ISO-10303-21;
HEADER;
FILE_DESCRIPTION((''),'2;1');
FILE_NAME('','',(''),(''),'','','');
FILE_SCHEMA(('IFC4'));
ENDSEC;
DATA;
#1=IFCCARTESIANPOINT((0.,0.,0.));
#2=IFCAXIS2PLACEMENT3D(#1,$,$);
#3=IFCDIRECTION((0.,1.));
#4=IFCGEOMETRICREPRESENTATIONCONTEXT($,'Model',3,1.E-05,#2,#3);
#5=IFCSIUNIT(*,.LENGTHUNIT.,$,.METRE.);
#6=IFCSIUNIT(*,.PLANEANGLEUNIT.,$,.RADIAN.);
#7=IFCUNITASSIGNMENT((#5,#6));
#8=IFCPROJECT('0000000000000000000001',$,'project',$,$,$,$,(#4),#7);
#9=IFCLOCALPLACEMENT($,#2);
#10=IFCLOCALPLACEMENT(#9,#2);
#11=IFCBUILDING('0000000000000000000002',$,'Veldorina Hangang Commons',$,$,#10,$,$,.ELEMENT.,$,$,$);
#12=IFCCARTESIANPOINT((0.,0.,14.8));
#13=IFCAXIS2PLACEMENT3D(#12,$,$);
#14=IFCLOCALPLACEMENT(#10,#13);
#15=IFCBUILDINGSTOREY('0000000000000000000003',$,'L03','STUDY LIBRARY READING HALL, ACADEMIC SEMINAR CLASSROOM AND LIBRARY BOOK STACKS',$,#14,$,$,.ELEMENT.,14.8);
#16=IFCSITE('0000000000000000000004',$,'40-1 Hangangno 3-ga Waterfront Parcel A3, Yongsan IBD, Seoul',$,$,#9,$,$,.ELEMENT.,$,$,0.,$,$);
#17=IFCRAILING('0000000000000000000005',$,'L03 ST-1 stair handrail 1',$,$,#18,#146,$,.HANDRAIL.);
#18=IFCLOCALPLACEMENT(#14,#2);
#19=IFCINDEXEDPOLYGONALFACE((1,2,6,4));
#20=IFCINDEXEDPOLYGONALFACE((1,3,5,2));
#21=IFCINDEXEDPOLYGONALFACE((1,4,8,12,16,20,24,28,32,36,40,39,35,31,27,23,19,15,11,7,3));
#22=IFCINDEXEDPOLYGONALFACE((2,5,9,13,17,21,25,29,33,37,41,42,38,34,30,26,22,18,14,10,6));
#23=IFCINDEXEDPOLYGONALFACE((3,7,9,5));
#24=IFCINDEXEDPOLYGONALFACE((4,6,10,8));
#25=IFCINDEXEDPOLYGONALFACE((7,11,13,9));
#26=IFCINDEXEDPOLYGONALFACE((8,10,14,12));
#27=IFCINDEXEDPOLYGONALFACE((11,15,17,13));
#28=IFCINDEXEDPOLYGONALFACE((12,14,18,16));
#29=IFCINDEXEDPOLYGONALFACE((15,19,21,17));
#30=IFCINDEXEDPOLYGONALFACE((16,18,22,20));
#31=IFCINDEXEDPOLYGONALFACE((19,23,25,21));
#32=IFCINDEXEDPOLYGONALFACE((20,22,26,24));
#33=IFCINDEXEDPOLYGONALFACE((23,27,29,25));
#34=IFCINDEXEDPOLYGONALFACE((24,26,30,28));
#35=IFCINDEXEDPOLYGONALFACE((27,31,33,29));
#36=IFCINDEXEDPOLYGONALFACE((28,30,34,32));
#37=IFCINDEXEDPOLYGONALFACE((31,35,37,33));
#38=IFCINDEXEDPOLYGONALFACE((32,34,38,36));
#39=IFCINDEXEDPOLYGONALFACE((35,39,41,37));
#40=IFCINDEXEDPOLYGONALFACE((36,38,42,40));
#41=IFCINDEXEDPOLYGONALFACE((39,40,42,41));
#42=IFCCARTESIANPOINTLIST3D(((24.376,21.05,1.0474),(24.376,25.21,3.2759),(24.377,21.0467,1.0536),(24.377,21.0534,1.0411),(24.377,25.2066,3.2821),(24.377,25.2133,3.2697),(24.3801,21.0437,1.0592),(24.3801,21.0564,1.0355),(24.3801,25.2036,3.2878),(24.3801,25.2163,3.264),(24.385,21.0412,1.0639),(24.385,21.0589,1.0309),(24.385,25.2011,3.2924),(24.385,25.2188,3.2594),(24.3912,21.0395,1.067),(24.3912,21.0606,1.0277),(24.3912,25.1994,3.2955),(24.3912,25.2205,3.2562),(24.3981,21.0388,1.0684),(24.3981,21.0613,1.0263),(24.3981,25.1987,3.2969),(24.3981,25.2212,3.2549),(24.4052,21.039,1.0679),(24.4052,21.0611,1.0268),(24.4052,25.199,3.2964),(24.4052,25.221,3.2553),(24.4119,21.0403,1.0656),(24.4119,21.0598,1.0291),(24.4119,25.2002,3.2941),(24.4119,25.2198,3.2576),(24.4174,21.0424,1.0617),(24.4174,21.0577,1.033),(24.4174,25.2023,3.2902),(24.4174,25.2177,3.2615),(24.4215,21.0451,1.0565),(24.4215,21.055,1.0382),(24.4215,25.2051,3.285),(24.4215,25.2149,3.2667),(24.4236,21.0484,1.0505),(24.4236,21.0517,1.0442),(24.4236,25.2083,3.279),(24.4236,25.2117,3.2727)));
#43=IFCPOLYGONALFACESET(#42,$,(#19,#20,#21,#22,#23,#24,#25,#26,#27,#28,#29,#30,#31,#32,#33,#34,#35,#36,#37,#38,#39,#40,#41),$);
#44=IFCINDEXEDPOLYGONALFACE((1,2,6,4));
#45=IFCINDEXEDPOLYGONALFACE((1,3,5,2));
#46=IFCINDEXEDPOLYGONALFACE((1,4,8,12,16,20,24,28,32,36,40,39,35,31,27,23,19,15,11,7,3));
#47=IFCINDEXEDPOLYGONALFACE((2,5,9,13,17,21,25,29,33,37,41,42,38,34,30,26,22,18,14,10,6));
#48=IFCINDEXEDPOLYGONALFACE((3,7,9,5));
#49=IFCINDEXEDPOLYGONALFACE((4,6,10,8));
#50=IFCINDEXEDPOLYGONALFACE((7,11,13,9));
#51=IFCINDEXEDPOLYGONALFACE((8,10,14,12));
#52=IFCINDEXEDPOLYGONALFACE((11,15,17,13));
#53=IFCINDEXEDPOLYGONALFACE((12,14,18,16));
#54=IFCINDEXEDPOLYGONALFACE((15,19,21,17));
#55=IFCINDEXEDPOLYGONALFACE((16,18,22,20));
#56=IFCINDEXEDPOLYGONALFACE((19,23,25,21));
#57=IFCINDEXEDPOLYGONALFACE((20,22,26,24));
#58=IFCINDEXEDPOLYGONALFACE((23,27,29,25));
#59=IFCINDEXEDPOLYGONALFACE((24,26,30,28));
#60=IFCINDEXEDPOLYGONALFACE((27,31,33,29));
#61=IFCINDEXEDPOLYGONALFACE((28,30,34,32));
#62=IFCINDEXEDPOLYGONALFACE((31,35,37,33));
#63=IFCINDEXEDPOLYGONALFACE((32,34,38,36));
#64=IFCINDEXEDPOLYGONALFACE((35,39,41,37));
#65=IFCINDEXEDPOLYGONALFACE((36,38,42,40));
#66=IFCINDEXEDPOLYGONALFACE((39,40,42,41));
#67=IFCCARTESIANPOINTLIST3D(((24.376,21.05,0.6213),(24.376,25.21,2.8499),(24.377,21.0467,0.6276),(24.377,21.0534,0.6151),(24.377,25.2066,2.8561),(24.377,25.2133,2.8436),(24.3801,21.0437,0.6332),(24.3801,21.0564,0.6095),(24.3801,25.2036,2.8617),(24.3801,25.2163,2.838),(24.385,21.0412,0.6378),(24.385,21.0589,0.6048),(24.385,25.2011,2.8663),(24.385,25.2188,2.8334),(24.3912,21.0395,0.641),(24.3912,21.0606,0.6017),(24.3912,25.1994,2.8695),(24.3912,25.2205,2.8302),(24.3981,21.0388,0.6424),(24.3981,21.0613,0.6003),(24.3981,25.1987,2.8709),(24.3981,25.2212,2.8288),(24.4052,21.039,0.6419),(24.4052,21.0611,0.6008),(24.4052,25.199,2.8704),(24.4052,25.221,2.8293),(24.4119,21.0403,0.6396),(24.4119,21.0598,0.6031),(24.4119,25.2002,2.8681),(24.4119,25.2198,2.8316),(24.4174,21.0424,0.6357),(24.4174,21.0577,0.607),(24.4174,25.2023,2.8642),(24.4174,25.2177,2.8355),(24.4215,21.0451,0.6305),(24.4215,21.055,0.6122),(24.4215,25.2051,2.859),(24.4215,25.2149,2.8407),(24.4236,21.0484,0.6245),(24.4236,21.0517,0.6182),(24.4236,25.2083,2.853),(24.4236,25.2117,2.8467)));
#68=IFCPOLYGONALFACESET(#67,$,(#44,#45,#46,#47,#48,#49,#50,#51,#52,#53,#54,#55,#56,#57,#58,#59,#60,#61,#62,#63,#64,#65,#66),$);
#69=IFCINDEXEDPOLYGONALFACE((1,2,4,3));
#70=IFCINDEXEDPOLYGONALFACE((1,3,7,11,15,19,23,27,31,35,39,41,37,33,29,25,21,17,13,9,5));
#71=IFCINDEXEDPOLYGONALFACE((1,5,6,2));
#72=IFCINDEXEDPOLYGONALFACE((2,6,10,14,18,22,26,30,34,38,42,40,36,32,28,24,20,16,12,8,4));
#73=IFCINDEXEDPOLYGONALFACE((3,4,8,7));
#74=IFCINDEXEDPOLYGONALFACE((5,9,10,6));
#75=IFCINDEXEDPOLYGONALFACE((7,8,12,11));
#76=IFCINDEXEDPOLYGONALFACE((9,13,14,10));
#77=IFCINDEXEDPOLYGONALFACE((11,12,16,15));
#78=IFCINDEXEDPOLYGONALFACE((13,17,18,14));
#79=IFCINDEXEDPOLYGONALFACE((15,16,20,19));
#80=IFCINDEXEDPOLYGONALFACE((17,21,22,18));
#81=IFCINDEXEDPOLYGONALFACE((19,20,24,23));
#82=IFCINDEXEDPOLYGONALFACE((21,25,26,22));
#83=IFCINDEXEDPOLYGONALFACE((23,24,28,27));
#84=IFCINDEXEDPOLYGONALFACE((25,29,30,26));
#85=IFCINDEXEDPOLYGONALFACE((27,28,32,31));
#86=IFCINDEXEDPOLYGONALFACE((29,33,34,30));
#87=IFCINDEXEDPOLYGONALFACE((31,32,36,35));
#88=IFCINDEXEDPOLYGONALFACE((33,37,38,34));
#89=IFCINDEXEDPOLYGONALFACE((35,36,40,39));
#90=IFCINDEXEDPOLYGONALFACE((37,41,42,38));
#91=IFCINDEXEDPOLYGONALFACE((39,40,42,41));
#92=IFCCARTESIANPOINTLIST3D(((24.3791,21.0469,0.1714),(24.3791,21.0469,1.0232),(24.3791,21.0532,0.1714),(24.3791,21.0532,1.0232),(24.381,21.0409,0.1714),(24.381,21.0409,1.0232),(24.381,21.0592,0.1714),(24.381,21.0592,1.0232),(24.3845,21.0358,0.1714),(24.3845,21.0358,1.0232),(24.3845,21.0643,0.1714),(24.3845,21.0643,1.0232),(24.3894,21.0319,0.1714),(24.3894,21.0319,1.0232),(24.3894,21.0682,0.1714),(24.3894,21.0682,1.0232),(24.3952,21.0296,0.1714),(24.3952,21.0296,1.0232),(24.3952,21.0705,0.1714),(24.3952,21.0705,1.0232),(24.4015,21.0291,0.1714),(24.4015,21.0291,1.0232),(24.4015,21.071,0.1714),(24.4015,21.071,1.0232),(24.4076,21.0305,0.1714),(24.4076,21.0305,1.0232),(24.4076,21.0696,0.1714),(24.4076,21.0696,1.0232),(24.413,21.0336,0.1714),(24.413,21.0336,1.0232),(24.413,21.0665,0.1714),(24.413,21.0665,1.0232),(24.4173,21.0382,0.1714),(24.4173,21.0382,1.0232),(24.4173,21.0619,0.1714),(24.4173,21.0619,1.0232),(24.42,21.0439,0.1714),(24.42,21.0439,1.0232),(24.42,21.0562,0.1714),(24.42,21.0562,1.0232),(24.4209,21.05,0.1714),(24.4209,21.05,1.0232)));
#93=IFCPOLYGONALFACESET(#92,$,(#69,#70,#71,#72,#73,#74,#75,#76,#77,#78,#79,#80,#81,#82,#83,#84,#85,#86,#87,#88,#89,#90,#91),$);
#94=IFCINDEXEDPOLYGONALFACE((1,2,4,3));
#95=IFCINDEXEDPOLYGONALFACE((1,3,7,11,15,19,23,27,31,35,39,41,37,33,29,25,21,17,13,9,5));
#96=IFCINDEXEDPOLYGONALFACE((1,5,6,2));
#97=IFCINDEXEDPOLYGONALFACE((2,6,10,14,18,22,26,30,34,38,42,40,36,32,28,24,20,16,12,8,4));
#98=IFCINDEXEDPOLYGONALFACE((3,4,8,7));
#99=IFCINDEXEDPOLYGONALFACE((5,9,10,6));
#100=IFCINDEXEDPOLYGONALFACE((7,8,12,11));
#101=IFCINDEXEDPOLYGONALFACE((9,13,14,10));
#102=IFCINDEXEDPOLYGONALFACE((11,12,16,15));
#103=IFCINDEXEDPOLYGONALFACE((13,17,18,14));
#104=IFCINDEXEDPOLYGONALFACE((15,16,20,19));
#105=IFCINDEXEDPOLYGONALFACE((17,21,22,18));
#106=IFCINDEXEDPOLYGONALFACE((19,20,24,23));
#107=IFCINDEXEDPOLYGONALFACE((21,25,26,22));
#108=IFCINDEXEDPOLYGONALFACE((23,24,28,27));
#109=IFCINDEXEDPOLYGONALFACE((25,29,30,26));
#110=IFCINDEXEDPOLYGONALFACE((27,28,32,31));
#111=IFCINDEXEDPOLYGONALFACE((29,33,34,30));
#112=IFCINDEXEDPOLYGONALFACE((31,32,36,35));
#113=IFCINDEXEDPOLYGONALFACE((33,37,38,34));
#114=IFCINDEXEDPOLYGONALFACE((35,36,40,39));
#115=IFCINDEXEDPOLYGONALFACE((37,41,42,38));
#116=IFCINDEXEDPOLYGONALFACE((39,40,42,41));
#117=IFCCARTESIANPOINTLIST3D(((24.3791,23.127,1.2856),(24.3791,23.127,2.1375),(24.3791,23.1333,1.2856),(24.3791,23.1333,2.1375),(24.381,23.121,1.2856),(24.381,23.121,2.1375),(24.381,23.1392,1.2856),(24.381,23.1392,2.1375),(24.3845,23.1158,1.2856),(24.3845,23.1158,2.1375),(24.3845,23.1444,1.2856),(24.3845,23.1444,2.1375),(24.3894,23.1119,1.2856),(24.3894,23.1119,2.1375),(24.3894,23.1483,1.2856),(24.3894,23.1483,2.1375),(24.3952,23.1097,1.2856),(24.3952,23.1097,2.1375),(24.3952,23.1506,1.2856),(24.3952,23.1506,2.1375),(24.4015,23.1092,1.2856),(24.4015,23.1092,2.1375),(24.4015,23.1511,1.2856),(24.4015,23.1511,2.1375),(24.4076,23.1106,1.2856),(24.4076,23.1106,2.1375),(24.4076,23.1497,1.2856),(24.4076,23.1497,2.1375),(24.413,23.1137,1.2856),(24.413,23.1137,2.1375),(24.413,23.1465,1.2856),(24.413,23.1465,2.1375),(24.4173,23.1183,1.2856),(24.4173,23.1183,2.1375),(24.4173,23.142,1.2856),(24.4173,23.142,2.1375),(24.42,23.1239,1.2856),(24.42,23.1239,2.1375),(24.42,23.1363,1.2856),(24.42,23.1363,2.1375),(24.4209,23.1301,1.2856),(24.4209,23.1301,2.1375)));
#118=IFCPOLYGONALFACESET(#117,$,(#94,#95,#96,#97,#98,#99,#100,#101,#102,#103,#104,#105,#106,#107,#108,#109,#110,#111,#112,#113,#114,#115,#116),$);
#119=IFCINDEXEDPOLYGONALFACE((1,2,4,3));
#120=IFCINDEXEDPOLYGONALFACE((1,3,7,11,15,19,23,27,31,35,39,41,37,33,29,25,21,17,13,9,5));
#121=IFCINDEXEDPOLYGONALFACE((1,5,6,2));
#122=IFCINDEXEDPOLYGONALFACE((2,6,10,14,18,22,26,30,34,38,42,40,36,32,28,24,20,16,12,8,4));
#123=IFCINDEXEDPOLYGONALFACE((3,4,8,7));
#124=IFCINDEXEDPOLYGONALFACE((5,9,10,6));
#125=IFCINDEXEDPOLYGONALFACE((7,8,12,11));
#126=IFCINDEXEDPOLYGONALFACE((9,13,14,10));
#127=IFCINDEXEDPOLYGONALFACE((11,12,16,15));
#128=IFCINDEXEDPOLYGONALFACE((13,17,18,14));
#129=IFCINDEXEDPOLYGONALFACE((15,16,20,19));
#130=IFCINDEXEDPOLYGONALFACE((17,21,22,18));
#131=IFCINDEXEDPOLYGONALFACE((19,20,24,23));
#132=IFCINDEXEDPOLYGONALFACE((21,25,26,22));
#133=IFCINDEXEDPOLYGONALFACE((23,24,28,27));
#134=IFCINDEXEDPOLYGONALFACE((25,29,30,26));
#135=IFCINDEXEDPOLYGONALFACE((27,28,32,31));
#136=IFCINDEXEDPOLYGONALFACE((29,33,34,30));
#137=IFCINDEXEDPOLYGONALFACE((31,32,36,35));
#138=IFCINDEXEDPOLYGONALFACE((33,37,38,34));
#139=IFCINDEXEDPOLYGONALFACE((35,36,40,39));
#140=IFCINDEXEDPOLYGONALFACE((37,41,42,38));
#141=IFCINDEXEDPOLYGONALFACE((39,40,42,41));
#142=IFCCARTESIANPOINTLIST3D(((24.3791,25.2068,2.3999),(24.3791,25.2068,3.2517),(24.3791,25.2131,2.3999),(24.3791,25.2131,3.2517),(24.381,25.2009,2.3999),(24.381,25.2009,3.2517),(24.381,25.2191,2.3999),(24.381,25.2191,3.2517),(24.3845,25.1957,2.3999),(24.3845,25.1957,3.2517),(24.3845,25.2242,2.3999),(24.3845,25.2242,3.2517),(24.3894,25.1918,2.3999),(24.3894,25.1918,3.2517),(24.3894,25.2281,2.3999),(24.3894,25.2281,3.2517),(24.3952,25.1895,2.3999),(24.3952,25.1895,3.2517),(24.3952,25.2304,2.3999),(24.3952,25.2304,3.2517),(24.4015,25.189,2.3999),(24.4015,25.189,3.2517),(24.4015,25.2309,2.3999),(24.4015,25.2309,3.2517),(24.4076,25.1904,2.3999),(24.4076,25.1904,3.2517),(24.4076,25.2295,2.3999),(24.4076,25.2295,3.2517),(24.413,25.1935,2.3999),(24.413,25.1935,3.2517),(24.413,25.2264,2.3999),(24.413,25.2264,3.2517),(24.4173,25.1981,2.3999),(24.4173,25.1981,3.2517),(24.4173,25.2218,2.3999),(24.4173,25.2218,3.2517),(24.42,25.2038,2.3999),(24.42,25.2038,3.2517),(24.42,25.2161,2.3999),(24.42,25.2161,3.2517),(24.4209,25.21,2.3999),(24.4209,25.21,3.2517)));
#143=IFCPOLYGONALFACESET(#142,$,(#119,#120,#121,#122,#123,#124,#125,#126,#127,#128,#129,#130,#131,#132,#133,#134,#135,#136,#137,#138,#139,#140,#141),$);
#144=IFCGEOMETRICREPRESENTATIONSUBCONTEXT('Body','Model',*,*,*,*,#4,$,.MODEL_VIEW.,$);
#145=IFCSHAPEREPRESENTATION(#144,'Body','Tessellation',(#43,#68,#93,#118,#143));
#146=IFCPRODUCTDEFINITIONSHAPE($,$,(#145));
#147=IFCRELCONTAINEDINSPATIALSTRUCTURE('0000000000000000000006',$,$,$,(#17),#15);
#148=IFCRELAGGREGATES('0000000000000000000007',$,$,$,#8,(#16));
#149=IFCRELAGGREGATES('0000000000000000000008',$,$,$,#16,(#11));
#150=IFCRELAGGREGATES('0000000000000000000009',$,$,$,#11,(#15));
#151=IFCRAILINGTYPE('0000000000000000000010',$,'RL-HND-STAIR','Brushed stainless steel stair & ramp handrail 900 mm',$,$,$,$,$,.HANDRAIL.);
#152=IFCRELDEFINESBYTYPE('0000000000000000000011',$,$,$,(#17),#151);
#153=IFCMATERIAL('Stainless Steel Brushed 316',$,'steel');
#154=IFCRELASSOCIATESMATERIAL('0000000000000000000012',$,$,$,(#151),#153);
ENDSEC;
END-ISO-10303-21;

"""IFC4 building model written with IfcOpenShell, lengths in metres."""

from ifc_helpers import new_model, si_unit, direction, frame, origin, origin_2d, place, context, subcontext, project, spatial, circle, extrude, material, type_object, element, save


model = new_model("IFC4")

# Units and contexts
model_context = context("Model", 3, precision=1e-05, world=origin(), true_north=direction((0.0, 1.0)))
body_context = subcontext(model_context, "Body", "Model", "MODEL_VIEW")
ifc_project = project(units=[si_unit("LENGTHUNIT", "METRE"), si_unit("PLANEANGLEUNIT", "RADIAN")], contexts=[model_context])

# Site, building, storey
site_placement = place(None, origin())
site = spatial("IfcSite", under=ifc_project, at=site_placement, Name="40-1 Hangangno 3-ga Waterfront Parcel A3, Yongsan IBD, Seoul", CompositionType="ELEMENT", RefElevation=0.0)
building_placement = place(site_placement, origin())
building = spatial("IfcBuilding", under=site, at=building_placement, Name="Veldorina Hangang Commons", CompositionType="ELEMENT")
storey_placement = place(building_placement, frame((0.0, 0.0, 14.8)))
storey = spatial("IfcBuildingStorey", under=building, at=storey_placement, Name="L03", Description="STUDY LIBRARY READING HALL, ACADEMIC SEMINAR CLASSROOM AND LIBRARY BOOK STACKS", CompositionType="ELEMENT", Elevation=14.8)

# Railing
ifc_material_1 = material(Name="Stainless Steel Brushed 316", Category="steel")
railing_type_1 = type_object("IfcRailingType", Name="RL-HND-STAIR", Description="Brushed stainless steel stair & ramp handrail 900 mm", PredefinedType="HANDRAIL", material=ifc_material_1)
railing_1_placement = place(storey_placement, frame((24.3999, 21.05, 0.1714)))
element("IfcRailing", 1, at=railing_1_placement, inside=storey, type_object=railing_type_1, Name="L03 ST-1 stair handrail 1", PredefinedType="HANDRAIL", context=body_context, shape_type="SweptSolid", body=[
    extrude(circle(Radius=0.0239, at=origin_2d()), frame((0.0, 0.0, 0.876), z_axis=(0.0, 0.881481, 0.47222), x_axis=(-1.0, 0.0, 0.0)), (0.0, 0.0, 1.0), 4.7192),
    extrude(circle(Radius=0.0239, at=origin_2d()), frame((0.0, 0.0, 0.45), z_axis=(0.0, 0.881481, 0.47222), x_axis=(-1.0, 0.0, 0.0)), (0.0, 0.0, 1.0), 4.7192),
    extrude(circle(Radius=0.021, at=origin_2d()), origin(), (0.0, 0.0, 1.0), 0.8518),
    extrude(circle(Radius=0.021, at=origin_2d()), frame((0.0, 2.0801, 1.1143)), (0.0, 0.0, 1.0), 0.8518),
    extrude(circle(Radius=0.021, at=origin_2d()), frame((0.0, 4.1599, 2.2285)), (0.0, 0.0, 1.0), 0.8518),
])

save(model, "model.ifc")
